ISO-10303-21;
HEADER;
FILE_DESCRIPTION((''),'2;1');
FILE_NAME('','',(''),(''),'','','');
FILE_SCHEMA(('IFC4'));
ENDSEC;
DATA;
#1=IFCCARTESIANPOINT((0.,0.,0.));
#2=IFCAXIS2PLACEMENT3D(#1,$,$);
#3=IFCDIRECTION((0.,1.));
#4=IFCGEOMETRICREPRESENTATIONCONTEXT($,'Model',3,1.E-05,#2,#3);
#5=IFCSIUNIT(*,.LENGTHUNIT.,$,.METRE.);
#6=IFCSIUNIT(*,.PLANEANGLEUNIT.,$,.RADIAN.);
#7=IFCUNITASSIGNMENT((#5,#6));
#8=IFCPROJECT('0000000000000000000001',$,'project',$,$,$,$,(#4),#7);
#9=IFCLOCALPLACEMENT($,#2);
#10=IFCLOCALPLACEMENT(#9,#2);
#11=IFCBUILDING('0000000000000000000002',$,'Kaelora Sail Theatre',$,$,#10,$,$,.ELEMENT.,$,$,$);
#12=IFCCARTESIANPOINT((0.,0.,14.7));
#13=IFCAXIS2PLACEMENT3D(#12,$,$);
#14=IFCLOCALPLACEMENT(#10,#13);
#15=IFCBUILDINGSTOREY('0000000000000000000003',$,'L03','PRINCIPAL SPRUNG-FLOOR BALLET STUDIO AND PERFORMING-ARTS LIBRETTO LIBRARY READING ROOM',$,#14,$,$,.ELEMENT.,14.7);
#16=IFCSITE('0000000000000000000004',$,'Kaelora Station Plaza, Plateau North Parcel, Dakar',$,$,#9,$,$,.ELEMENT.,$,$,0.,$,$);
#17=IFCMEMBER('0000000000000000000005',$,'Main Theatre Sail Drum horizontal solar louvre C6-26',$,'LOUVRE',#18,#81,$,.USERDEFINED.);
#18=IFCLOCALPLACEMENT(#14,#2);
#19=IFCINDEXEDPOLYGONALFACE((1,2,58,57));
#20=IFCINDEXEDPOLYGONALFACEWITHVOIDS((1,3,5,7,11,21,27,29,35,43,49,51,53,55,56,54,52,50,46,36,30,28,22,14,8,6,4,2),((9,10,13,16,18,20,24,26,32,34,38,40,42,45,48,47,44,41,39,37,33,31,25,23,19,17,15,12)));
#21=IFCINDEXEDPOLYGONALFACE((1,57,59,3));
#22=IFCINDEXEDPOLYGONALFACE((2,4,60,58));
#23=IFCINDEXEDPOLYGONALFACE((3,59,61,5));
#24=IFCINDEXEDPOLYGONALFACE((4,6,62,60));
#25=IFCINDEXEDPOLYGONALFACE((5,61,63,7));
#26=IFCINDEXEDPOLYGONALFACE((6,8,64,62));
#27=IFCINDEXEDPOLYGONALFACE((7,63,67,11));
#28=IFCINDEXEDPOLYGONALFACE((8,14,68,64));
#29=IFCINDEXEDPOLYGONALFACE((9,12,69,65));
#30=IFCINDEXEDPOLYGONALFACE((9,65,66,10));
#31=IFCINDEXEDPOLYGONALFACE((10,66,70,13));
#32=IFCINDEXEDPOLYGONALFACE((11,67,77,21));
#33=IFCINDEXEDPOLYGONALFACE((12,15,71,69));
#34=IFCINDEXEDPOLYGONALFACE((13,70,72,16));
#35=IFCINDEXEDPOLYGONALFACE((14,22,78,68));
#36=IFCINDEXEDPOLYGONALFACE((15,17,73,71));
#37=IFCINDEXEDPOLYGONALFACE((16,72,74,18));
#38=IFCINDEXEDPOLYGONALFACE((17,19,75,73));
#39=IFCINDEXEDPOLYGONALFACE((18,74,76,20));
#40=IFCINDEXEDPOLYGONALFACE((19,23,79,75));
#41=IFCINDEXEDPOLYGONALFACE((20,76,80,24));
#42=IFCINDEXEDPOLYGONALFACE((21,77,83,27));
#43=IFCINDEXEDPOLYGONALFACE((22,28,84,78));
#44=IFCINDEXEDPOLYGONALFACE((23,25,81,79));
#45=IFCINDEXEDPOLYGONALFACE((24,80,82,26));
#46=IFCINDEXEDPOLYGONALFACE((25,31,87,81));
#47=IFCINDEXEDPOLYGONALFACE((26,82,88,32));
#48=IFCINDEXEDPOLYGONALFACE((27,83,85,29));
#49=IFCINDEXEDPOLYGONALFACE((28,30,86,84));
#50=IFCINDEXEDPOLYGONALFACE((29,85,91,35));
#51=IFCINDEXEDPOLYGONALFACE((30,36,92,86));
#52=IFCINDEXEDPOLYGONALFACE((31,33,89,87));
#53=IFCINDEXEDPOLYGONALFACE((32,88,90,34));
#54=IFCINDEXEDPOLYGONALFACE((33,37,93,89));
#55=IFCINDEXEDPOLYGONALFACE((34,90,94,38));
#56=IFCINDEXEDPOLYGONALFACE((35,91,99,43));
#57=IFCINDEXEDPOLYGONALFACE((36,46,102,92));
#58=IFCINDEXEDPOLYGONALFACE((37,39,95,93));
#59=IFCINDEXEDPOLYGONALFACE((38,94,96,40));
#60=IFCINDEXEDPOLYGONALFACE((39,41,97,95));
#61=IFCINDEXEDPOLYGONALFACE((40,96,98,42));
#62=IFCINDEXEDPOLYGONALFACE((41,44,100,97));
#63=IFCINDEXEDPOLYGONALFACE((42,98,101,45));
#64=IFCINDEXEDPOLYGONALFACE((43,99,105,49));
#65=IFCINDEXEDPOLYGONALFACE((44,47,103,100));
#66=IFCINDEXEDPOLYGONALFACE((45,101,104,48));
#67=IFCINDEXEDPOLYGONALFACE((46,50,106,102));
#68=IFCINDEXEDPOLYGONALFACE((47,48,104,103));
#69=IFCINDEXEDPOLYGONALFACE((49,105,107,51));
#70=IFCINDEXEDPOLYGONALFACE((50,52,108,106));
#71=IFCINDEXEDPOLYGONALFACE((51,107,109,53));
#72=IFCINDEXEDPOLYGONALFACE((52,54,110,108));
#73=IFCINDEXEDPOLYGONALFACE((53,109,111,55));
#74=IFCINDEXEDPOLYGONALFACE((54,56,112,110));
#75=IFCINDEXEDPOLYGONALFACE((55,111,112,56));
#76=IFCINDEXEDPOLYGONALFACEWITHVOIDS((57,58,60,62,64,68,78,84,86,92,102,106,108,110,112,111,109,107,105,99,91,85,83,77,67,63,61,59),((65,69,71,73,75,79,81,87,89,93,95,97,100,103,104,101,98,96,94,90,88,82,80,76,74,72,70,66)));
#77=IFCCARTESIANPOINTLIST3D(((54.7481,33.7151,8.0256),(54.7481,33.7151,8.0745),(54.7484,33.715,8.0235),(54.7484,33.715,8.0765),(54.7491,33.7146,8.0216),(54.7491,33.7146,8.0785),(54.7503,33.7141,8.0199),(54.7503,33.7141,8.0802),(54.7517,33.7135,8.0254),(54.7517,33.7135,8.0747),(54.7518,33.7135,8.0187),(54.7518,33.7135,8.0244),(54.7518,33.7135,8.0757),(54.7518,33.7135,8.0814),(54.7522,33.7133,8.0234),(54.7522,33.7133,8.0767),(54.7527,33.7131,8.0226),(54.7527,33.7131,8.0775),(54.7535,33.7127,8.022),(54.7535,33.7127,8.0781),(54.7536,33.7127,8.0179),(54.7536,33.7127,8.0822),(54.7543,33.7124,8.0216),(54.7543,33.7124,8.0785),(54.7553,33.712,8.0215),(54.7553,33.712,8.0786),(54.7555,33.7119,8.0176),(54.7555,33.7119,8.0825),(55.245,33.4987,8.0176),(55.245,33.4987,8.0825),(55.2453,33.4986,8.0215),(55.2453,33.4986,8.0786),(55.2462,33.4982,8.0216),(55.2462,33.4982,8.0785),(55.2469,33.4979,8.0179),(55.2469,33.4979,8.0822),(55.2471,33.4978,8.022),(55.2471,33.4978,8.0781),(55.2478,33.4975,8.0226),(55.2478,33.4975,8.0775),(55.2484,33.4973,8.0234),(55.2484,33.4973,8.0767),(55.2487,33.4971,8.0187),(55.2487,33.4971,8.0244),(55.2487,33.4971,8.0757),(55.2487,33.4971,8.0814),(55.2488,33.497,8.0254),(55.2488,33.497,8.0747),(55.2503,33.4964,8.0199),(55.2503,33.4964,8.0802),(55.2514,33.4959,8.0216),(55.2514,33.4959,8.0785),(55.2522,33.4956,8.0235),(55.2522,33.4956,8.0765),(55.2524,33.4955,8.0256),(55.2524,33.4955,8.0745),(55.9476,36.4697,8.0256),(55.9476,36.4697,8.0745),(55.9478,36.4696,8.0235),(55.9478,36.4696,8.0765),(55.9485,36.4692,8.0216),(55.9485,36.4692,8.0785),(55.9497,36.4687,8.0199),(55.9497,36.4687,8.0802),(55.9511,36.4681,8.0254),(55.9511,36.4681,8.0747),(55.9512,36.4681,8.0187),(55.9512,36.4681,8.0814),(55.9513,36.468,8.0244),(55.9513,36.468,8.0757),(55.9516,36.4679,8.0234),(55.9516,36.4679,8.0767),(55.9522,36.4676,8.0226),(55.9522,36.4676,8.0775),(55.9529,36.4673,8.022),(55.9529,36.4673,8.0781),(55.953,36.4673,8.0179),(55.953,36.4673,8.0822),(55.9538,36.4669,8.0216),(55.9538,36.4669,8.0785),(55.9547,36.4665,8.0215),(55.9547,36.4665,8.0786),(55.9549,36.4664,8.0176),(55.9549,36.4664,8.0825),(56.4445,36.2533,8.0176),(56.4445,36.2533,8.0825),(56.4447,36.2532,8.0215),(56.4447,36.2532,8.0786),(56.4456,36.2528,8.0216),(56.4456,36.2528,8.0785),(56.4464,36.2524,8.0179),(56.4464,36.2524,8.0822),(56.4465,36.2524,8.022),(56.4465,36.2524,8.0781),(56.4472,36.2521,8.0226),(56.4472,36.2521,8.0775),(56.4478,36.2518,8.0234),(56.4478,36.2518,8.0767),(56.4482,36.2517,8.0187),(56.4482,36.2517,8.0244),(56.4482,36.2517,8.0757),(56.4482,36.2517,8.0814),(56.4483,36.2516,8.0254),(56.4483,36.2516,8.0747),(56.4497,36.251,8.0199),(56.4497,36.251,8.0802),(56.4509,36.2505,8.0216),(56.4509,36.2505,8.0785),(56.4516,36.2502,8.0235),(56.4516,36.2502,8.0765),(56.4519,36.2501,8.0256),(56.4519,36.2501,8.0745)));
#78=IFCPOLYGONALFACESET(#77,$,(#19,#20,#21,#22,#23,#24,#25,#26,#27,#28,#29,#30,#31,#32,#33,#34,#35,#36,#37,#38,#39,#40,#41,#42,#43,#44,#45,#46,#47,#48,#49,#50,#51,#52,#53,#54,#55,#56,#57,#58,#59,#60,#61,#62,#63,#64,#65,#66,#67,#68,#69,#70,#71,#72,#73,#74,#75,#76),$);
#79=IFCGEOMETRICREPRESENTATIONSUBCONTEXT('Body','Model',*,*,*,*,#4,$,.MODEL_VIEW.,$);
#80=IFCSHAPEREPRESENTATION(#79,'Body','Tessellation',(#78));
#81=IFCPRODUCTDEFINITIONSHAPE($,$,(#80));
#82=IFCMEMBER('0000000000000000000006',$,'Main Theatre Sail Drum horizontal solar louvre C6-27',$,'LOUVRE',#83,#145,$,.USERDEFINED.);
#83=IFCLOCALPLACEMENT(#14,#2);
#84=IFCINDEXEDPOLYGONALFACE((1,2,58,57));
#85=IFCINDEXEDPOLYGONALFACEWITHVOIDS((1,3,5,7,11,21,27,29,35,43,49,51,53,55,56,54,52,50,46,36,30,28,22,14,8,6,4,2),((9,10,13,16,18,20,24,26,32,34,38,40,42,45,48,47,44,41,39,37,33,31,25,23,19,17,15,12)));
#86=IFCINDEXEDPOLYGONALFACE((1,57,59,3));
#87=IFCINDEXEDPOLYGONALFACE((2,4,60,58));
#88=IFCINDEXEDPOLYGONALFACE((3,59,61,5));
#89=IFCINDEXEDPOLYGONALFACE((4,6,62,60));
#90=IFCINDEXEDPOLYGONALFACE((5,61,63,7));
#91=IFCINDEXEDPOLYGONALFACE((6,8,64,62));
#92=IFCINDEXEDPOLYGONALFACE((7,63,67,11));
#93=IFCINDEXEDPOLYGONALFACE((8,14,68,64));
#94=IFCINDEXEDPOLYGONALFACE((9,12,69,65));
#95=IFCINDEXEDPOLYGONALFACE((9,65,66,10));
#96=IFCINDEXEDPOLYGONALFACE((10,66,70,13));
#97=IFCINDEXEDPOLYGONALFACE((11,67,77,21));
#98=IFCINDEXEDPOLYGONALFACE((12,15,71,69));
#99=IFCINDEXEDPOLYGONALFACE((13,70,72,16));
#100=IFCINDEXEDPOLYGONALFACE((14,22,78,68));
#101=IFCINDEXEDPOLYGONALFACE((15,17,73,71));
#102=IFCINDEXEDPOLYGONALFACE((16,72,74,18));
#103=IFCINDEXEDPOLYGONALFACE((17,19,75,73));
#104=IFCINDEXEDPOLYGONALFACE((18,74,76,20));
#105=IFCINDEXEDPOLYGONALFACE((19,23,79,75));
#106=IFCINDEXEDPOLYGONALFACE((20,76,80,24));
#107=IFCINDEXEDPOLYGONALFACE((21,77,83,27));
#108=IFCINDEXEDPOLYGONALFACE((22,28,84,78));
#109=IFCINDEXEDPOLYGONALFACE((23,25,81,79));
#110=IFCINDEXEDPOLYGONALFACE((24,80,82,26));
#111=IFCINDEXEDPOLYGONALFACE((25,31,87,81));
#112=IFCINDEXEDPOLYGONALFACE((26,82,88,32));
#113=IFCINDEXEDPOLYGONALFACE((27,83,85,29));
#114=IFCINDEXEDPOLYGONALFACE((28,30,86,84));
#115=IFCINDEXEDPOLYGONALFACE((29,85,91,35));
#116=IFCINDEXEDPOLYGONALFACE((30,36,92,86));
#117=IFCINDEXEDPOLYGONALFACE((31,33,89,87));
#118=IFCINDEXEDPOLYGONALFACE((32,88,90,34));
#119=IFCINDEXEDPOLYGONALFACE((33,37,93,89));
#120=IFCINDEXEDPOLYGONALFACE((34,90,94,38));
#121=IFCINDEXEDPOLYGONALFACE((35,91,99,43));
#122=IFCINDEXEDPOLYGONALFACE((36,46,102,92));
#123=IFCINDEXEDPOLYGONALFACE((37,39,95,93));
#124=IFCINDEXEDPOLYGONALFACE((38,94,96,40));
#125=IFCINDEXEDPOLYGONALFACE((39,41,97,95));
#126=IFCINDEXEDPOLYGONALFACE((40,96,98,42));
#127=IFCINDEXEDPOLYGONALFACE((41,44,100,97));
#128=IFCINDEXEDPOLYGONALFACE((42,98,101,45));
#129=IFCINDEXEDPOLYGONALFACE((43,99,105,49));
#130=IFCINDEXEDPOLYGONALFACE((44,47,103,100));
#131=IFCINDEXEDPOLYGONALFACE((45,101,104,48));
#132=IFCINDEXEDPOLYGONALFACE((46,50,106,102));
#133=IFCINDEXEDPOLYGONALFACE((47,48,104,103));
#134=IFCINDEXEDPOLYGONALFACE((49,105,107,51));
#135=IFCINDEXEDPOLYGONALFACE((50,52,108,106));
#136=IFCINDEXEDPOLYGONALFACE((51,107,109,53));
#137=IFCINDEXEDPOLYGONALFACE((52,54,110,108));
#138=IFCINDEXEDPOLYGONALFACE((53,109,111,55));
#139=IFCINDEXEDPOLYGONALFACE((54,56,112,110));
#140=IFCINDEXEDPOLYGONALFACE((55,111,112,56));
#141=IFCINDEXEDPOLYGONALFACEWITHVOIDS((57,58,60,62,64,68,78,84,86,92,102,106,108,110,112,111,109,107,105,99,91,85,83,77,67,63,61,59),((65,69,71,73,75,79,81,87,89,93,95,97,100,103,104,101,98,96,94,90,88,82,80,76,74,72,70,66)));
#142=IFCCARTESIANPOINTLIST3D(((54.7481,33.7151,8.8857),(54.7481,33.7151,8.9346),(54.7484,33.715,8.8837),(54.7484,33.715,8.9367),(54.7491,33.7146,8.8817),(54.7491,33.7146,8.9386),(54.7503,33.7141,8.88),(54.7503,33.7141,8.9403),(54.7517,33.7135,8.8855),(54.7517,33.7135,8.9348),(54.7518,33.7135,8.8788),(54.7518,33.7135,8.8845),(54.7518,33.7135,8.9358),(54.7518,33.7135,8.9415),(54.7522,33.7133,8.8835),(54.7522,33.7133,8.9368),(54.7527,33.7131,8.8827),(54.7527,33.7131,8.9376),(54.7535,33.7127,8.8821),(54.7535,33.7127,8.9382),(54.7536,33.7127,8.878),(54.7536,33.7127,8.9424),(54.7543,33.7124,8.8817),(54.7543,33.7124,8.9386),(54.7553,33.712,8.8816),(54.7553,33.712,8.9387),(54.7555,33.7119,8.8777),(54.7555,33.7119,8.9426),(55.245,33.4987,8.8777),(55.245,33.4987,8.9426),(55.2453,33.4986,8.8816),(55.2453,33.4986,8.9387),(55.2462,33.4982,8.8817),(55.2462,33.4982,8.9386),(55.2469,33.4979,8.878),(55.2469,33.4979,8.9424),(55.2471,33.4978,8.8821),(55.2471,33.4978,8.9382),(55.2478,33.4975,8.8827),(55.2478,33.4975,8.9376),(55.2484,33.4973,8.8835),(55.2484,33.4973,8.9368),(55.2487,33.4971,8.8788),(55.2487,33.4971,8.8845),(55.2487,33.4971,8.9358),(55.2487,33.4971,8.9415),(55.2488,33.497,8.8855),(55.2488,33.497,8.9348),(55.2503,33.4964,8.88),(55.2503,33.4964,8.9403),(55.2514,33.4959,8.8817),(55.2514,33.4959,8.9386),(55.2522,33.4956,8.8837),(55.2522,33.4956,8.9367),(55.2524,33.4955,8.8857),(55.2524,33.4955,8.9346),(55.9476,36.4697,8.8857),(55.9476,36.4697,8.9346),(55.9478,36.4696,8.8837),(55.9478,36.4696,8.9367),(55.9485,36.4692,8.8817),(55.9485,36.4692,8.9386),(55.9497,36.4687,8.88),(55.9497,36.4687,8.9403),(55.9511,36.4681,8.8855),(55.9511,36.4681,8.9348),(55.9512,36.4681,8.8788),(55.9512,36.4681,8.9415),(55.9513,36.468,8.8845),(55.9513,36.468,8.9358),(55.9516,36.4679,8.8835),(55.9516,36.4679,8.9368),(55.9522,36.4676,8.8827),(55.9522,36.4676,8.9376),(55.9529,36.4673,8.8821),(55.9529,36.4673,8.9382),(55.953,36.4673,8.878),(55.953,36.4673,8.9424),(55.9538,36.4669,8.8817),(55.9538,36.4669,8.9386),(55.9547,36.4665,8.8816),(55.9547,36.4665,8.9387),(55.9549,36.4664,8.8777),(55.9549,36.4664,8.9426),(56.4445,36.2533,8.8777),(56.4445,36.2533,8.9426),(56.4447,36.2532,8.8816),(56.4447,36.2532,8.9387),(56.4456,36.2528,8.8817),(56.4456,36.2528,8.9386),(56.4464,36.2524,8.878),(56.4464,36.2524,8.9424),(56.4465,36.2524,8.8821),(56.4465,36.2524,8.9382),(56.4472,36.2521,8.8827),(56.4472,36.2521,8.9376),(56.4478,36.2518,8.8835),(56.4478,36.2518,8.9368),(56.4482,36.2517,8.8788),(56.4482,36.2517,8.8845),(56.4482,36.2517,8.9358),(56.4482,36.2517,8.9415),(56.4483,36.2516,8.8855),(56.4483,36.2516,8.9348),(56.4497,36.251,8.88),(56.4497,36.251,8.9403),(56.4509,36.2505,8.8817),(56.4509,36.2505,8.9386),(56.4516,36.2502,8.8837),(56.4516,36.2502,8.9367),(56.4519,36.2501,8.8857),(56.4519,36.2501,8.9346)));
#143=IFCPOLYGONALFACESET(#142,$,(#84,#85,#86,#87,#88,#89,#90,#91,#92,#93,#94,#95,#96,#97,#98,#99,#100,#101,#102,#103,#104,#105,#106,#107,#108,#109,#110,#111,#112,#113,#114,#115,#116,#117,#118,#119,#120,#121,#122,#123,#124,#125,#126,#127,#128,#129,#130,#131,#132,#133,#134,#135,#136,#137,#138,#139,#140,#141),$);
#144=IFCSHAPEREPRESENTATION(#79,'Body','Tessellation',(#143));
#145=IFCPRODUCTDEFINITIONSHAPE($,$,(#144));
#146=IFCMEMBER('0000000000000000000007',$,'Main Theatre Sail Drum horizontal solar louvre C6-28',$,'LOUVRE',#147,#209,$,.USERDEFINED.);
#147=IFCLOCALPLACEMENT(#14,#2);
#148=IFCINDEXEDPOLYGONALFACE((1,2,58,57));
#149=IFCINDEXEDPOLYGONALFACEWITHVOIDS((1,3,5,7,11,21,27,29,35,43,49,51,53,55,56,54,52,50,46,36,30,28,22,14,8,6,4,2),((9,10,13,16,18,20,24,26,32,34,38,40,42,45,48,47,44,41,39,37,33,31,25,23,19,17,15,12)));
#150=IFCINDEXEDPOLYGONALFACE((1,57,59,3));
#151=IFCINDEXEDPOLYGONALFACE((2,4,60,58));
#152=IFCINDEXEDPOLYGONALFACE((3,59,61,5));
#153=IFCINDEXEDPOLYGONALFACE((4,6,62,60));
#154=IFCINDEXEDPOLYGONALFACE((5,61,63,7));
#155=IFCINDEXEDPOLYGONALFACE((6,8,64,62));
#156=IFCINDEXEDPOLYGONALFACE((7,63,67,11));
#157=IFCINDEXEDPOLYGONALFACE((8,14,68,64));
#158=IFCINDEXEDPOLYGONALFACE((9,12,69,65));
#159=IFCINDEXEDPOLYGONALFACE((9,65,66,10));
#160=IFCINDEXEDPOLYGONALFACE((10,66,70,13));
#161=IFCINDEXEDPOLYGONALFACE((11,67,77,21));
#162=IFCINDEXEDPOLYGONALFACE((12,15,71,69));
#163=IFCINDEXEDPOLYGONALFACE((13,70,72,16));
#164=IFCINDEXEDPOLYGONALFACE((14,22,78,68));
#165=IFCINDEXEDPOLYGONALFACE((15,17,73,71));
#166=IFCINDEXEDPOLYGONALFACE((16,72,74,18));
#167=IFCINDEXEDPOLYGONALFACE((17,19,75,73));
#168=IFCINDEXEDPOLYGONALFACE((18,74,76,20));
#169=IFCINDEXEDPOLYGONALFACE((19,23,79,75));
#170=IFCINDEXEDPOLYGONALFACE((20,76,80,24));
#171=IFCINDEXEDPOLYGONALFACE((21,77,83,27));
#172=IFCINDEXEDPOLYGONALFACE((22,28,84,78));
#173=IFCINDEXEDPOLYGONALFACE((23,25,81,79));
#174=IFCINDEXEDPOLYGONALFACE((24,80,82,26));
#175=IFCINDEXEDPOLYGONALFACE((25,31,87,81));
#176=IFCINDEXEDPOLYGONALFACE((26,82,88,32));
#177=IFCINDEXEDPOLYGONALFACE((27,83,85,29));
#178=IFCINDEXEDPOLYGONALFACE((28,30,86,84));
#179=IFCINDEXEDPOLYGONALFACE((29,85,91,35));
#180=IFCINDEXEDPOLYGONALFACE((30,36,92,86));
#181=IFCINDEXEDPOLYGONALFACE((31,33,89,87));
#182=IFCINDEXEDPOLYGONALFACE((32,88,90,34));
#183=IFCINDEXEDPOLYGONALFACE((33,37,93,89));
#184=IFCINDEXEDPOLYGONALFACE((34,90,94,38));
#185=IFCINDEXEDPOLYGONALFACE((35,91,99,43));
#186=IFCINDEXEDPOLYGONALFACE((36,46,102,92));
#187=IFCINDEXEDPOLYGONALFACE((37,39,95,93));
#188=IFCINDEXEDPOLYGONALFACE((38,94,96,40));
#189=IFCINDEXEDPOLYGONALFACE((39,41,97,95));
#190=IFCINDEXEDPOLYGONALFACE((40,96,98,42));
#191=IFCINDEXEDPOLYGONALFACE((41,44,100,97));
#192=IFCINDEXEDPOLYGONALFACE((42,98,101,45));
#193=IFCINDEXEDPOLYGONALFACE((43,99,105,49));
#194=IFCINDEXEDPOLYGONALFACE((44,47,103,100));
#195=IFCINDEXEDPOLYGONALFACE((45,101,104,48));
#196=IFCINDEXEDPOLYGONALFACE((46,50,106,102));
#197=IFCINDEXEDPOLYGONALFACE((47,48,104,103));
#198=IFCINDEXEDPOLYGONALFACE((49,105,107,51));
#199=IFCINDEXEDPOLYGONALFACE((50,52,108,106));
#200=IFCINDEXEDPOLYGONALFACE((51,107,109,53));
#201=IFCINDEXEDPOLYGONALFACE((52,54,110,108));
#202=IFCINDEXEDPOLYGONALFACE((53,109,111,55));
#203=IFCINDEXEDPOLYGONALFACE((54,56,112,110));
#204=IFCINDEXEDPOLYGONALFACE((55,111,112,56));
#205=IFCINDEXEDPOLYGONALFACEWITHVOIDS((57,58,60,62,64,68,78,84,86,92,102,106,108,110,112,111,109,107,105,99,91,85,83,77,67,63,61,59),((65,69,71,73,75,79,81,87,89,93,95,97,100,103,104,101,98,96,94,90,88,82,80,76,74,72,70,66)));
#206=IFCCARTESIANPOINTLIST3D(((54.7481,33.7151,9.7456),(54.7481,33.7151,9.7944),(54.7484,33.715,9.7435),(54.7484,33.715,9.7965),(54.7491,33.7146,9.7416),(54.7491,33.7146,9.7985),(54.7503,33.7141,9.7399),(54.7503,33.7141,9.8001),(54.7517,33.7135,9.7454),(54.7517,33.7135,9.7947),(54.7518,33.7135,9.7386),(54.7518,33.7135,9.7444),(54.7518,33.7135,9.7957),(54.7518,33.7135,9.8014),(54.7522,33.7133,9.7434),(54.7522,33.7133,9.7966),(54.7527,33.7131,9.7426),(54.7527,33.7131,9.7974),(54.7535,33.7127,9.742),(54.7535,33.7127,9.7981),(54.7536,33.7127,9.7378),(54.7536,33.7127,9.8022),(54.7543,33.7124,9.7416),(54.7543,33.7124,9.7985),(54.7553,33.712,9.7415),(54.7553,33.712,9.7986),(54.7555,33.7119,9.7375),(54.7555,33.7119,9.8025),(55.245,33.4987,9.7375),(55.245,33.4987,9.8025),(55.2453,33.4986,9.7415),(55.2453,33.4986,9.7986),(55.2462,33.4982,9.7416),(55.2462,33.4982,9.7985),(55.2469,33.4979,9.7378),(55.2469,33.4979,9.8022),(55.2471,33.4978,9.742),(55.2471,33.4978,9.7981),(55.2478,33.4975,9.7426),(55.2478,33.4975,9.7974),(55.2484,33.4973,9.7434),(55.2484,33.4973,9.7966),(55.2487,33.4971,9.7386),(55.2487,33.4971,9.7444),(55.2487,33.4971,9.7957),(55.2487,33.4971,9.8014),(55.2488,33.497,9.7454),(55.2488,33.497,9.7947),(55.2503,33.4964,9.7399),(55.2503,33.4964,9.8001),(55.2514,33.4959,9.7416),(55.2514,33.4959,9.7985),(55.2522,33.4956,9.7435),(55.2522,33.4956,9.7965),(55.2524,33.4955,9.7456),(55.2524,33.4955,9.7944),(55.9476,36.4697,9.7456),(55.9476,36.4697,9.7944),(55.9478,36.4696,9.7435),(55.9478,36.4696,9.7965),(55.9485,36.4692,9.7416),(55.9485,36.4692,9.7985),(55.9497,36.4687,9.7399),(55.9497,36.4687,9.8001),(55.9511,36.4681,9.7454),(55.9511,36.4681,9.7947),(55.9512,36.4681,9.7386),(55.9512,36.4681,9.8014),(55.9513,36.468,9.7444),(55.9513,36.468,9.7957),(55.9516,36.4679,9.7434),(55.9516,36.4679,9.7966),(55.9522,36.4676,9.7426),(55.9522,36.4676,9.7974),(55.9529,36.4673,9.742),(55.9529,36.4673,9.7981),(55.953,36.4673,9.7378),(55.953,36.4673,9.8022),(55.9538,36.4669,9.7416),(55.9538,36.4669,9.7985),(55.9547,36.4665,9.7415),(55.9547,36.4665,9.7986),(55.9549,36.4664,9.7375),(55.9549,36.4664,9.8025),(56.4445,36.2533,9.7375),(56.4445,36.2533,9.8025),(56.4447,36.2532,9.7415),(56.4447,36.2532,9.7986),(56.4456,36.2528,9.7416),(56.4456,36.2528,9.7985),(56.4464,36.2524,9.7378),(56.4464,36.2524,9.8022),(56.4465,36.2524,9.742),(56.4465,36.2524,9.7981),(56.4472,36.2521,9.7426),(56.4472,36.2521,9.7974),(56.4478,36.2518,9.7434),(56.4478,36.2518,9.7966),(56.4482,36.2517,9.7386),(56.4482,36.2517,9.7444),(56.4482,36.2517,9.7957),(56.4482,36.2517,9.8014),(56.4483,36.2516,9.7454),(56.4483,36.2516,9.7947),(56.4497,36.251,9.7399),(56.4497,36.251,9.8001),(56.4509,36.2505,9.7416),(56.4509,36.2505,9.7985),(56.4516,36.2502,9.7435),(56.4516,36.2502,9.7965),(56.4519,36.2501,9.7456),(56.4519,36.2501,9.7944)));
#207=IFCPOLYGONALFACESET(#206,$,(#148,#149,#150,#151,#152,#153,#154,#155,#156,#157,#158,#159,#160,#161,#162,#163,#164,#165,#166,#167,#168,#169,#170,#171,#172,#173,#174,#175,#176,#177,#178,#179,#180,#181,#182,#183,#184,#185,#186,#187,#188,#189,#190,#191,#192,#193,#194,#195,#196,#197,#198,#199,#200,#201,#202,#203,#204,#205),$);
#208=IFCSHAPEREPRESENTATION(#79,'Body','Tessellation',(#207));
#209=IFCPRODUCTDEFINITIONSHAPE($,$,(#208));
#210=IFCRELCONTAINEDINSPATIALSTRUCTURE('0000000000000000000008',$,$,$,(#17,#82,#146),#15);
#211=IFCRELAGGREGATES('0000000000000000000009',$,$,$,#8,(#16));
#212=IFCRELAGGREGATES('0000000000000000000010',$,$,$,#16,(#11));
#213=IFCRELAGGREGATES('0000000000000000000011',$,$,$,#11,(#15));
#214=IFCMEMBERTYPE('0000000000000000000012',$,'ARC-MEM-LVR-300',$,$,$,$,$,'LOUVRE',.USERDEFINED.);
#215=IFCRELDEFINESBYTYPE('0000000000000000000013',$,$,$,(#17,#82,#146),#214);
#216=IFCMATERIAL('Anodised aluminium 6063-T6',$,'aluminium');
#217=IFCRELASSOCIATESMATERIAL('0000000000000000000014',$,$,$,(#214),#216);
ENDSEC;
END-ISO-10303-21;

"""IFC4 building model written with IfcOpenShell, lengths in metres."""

from ifc_helpers import new_model, si_unit, direction, frame, origin, origin_2d, place, context, subcontext, project, spatial, hollow_rectangle, extrude, material, material_profile, profile_set, type_object, element, save


model = new_model("IFC4")

# Units and contexts
model_context = context("Model", 3, precision=1e-05, world=origin(), true_north=direction((0.0, 1.0)))
body_context = subcontext(model_context, "Body", "Model", "MODEL_VIEW")
ifc_project = project(units=[si_unit("LENGTHUNIT", "METRE"), si_unit("PLANEANGLEUNIT", "RADIAN")], contexts=[model_context])

# Site, building, storey
site_placement = place(None, origin())
site = spatial("IfcSite", under=ifc_project, at=site_placement, Name="Kaelora Station Plaza, Plateau North Parcel, Dakar", CompositionType="ELEMENT", RefElevation=0.0)
building_placement = place(site_placement, origin())
building = spatial("IfcBuilding", under=site, at=building_placement, Name="Kaelora Sail Theatre", CompositionType="ELEMENT")
storey_placement = place(building_placement, frame((0.0, 0.0, 14.7)))
storey = spatial("IfcBuildingStorey", under=building, at=storey_placement, Name="L03", Description="PRINCIPAL SPRUNG-FLOOR BALLET STUDIO AND PERFORMING-ARTS LIBRETTO LIBRARY READING ROOM", CompositionType="ELEMENT", Elevation=14.7)

# Members
ifc_material = material(Name="Anodised aluminium 6063-T6", Category="aluminium")
ifc_material_profile = material_profile(ifc_material, hollow_rectangle(XDim=0.55, YDim=0.0649, WallThickness=0.0039, InnerFilletRadius=0.0039, OuterFilletRadius=0.0081, at=origin_2d()), Name="LOUVRE 550x65x4")
ifc_profile_set = profile_set([ifc_material_profile], Name="Anodised aluminium 6063-T6")
member_type = type_object("IfcMemberType", Name="ARC-MEM-LVR-300", ElementType="LOUVRE", PredefinedType="USERDEFINED", material=ifc_profile_set)
for number, where, z_axis, x_axis, name in (
    (1, (56.1997, 36.3599, 8.05), (-0.399228, -0.916852, 0.0), (0.916852, -0.399228, 0.0), "Main Theatre Sail Drum horizontal solar louvre C6-26"),
    (2, (56.1997, 36.3599, 8.9102), (-0.399228, -0.916852, 0.0), (0.916852, -0.399228, 0.0), "Main Theatre Sail Drum horizontal solar louvre C6-27"),
    (3, (56.1997, 36.3599, 9.77), (-0.399228, -0.916852, 0.0), (0.916852, -0.399228, 0.0), "Main Theatre Sail Drum horizontal solar louvre C6-28"),
):
    element("IfcMember", number, at=place(storey_placement, frame(where, z_axis=z_axis, x_axis=x_axis)), inside=storey, type_object=member_type, Name=name, ObjectType="LOUVRE", PredefinedType="USERDEFINED", context=body_context, shape_type="SweptSolid", body=[
        extrude(hollow_rectangle(XDim=0.55, YDim=0.0649, WallThickness=0.0039, InnerFilletRadius=0.0039, OuterFilletRadius=0.0081, at=origin_2d()), origin(), (0.0, 0.0, 1.0), 3.0044),
    ])

save(model, "model.ifc")
